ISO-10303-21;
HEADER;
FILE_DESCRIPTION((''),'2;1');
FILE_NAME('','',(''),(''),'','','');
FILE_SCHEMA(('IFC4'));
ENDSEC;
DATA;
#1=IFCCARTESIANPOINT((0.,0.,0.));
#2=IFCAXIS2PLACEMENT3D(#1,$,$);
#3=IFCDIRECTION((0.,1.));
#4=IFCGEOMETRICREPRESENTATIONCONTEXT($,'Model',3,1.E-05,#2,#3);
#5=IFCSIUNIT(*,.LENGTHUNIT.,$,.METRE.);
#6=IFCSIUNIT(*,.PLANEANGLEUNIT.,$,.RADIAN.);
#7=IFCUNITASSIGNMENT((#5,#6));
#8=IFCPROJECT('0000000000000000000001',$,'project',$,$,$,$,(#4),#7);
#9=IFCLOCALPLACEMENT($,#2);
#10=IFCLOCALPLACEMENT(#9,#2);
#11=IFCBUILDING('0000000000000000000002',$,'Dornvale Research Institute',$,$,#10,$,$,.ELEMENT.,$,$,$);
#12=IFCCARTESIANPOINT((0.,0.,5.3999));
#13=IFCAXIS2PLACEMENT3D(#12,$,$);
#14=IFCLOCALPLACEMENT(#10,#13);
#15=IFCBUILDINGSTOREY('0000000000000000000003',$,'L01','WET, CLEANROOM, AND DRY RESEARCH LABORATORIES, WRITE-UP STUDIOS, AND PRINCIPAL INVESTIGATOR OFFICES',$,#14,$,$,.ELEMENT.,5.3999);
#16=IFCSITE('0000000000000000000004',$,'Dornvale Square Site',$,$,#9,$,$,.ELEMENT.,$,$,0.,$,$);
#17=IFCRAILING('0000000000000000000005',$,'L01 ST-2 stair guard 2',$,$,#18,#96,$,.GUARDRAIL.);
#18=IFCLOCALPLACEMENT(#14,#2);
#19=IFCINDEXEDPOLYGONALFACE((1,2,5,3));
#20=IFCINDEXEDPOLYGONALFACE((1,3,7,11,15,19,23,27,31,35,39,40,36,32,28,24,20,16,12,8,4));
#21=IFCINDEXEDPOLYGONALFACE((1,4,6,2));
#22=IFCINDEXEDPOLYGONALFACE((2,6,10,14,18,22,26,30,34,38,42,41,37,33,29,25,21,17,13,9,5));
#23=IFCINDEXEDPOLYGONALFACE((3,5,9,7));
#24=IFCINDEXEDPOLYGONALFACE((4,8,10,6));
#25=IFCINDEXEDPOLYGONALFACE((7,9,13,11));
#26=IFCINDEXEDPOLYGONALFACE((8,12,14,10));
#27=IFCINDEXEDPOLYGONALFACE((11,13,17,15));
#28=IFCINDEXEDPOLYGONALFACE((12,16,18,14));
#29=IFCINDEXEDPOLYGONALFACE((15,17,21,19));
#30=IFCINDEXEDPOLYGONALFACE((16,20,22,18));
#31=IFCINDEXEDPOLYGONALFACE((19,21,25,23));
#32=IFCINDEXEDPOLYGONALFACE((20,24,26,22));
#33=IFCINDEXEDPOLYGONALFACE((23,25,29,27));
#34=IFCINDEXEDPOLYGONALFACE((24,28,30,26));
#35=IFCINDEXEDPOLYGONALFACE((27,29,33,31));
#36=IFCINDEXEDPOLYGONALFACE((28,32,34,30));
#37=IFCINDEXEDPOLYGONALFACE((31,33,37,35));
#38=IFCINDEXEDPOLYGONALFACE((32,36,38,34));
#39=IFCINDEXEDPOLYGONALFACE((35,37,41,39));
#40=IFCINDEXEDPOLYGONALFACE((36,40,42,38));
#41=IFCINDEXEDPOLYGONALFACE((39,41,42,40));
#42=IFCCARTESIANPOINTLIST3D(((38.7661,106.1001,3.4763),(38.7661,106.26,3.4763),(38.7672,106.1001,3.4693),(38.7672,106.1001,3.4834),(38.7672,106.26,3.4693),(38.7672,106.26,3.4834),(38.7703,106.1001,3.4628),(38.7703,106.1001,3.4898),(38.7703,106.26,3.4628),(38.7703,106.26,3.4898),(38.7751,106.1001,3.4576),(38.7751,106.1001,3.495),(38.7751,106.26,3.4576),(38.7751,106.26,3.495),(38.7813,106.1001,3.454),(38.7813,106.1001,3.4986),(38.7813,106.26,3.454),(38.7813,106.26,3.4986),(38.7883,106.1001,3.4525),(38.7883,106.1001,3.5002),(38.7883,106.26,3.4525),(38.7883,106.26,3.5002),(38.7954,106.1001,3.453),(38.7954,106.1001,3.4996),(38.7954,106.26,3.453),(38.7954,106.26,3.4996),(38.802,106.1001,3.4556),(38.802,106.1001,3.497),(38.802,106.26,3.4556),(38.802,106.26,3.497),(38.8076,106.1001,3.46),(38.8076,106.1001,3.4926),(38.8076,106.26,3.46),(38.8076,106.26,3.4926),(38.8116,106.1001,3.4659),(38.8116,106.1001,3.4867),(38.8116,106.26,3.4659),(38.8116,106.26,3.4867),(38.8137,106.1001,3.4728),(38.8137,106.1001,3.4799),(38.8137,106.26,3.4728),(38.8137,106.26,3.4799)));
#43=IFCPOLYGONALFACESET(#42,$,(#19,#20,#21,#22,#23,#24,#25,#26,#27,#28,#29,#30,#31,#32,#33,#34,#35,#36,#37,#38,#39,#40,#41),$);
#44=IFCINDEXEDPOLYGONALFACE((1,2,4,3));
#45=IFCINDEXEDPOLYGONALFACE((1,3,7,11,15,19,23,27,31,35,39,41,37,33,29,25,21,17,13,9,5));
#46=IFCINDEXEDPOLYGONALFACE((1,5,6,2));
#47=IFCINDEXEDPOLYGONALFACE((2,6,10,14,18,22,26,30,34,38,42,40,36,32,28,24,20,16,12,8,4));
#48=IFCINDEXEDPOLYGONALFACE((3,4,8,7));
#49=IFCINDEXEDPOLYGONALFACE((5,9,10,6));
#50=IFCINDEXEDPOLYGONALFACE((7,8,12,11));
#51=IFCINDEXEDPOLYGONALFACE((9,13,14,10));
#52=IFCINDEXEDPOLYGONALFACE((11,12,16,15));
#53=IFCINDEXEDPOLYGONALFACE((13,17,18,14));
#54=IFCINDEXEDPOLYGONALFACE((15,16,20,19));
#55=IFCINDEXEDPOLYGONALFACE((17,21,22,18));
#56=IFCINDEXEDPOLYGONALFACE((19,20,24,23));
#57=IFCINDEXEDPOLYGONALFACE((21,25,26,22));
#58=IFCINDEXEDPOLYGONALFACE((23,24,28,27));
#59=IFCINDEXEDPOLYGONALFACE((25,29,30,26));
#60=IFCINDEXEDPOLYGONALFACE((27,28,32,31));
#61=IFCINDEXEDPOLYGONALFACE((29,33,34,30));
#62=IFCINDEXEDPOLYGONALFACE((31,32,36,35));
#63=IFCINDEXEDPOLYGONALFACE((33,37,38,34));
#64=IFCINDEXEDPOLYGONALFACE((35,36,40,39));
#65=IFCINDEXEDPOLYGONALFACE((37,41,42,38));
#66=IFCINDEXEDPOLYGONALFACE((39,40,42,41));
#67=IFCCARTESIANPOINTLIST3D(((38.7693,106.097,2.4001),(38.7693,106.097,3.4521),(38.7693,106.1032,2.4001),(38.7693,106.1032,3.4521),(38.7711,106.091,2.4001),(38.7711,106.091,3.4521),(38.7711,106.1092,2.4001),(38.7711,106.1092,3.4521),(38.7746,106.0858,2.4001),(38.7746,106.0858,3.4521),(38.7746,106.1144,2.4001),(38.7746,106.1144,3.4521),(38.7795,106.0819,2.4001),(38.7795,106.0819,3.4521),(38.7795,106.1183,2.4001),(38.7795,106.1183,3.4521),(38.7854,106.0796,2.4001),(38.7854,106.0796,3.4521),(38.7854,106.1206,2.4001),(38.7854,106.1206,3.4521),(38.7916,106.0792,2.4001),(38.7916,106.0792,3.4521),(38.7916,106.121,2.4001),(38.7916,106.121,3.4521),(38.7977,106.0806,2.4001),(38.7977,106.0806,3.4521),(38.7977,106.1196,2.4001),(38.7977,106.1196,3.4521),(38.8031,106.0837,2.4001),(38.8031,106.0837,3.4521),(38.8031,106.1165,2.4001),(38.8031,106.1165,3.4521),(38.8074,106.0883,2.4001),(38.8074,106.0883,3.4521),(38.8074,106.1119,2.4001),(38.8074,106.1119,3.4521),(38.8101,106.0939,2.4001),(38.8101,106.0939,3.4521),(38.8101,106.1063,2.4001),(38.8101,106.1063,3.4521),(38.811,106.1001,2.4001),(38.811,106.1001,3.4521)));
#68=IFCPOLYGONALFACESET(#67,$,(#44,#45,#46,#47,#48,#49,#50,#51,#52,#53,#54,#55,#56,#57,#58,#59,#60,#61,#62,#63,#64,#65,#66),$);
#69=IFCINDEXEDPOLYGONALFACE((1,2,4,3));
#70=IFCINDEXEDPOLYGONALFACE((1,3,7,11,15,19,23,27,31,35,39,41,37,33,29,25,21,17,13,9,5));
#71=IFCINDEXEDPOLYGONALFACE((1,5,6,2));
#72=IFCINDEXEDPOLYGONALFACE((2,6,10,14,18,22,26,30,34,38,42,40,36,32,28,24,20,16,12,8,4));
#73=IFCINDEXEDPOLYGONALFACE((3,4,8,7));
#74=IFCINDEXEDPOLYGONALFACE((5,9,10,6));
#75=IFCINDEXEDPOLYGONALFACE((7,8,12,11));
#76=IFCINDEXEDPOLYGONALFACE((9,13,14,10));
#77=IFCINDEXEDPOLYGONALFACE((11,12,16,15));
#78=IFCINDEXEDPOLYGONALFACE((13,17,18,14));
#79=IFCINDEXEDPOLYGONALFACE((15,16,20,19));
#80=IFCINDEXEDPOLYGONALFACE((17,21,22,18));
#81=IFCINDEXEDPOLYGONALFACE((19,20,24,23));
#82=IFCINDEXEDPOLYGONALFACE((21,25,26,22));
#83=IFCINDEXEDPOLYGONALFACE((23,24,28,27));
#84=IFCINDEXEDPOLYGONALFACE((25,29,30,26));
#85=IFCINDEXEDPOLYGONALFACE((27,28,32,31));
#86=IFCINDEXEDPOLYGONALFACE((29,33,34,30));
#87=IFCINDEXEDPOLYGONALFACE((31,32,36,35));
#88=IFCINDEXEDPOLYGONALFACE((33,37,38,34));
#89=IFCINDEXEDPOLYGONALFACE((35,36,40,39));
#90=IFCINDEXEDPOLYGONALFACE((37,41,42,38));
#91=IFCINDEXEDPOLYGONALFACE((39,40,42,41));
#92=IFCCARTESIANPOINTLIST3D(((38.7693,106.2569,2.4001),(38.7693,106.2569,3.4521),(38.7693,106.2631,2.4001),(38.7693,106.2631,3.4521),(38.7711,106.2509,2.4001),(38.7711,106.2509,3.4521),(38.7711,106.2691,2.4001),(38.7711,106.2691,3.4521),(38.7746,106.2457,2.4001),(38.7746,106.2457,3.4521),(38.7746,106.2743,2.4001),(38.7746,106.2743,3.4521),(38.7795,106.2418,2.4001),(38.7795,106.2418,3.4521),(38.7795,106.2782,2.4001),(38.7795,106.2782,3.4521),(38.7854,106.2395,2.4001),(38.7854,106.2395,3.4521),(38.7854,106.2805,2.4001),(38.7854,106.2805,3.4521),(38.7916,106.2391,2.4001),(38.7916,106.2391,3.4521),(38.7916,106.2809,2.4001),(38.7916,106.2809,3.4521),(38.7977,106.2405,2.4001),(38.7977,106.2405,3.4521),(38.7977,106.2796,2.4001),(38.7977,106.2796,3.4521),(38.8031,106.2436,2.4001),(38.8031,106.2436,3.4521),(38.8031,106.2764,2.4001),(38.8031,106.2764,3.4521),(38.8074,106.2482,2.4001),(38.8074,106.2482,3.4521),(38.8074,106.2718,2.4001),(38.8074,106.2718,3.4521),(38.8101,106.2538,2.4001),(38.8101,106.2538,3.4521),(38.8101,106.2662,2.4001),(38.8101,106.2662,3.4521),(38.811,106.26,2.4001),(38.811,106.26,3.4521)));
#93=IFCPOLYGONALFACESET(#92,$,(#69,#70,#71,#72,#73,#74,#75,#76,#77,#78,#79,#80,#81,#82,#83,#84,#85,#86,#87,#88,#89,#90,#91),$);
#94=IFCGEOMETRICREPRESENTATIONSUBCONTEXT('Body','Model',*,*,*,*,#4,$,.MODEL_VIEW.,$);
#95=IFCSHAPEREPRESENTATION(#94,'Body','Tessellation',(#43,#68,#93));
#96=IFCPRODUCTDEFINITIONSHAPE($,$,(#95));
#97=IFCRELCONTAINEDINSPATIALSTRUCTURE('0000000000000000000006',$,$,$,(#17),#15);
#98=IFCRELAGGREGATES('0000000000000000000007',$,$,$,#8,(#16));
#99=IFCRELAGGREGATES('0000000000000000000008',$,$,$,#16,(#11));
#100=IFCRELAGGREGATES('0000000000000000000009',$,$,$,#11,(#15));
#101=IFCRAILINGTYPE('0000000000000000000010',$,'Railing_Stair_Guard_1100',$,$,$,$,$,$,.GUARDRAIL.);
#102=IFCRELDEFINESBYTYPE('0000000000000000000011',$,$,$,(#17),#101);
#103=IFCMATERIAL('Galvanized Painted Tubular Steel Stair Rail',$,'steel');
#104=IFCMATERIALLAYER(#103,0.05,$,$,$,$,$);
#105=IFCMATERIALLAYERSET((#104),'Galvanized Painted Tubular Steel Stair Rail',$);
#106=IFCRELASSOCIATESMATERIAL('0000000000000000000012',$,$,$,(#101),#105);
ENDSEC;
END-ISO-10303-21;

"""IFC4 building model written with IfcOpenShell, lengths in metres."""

from ifc_helpers import new_model, si_unit, direction, frame, origin, origin_2d, place, context, subcontext, project, spatial, circle, extrude, material, layer, layer_set, type_object, element, save


model = new_model("IFC4")

# Units and contexts
model_context = context("Model", 3, precision=1e-05, world=origin(), true_north=direction((0.0, 1.0)))
body_context = subcontext(model_context, "Body", "Model", "MODEL_VIEW")
ifc_project = project(units=[si_unit("LENGTHUNIT", "METRE"), si_unit("PLANEANGLEUNIT", "RADIAN")], contexts=[model_context])

# Site, building, storey
site_placement = place(None, origin())
site = spatial("IfcSite", under=ifc_project, at=site_placement, Name="Dornvale Square Site", CompositionType="ELEMENT", RefElevation=0.0)
building_placement = place(site_placement, origin())
building = spatial("IfcBuilding", under=site, at=building_placement, Name="Dornvale Research Institute", CompositionType="ELEMENT")
storey_placement = place(building_placement, frame((0.0, 0.0, 5.3999)))
storey = spatial("IfcBuildingStorey", under=building, at=storey_placement, Name="L01", Description="WET, CLEANROOM, AND DRY RESEARCH LABORATORIES, WRITE-UP STUDIOS, AND PRINCIPAL INVESTIGATOR OFFICES", CompositionType="ELEMENT", Elevation=5.3999)

# Railing
ifc_material_1 = material(Name="Galvanized Painted Tubular Steel Stair Rail", Category="steel")
ifc_layer_1 = layer(ifc_material_1, 0.05)
ifc_layer_set_1 = layer_set([ifc_layer_1], Name="Galvanized Painted Tubular Steel Stair Rail")
railing_type_1 = type_object("IfcRailingType", Name="Railing_Stair_Guard_1100", PredefinedType="GUARDRAIL", material=ifc_layer_set_1)
railing_1_placement = place(storey_placement, frame((38.79, 106.1001, 2.4001)))
element("IfcRailing", 1, at=railing_1_placement, inside=storey, type_object=railing_type_1, Name="L01 ST-2 stair guard 2", PredefinedType="GUARDRAIL", context=body_context, shape_type="SweptSolid", body=[
    extrude(circle(Radius=0.0239, at=origin_2d()), frame((0.0, 0.0, 1.0762), z_axis=(0.0, 1.0, 0.0), x_axis=(-1.0, 0.0, 0.0)), (0.0, 0.0, 1.0), 0.1599),
    extrude(circle(Radius=0.021, at=origin_2d()), origin(), (0.0, 0.0, 1.0), 1.052),
    extrude(circle(Radius=0.021, at=origin_2d()), frame((0.0, 0.1599, 0.0)), (0.0, 0.0, 1.0), 1.052),
])

save(model, "model.ifc")
